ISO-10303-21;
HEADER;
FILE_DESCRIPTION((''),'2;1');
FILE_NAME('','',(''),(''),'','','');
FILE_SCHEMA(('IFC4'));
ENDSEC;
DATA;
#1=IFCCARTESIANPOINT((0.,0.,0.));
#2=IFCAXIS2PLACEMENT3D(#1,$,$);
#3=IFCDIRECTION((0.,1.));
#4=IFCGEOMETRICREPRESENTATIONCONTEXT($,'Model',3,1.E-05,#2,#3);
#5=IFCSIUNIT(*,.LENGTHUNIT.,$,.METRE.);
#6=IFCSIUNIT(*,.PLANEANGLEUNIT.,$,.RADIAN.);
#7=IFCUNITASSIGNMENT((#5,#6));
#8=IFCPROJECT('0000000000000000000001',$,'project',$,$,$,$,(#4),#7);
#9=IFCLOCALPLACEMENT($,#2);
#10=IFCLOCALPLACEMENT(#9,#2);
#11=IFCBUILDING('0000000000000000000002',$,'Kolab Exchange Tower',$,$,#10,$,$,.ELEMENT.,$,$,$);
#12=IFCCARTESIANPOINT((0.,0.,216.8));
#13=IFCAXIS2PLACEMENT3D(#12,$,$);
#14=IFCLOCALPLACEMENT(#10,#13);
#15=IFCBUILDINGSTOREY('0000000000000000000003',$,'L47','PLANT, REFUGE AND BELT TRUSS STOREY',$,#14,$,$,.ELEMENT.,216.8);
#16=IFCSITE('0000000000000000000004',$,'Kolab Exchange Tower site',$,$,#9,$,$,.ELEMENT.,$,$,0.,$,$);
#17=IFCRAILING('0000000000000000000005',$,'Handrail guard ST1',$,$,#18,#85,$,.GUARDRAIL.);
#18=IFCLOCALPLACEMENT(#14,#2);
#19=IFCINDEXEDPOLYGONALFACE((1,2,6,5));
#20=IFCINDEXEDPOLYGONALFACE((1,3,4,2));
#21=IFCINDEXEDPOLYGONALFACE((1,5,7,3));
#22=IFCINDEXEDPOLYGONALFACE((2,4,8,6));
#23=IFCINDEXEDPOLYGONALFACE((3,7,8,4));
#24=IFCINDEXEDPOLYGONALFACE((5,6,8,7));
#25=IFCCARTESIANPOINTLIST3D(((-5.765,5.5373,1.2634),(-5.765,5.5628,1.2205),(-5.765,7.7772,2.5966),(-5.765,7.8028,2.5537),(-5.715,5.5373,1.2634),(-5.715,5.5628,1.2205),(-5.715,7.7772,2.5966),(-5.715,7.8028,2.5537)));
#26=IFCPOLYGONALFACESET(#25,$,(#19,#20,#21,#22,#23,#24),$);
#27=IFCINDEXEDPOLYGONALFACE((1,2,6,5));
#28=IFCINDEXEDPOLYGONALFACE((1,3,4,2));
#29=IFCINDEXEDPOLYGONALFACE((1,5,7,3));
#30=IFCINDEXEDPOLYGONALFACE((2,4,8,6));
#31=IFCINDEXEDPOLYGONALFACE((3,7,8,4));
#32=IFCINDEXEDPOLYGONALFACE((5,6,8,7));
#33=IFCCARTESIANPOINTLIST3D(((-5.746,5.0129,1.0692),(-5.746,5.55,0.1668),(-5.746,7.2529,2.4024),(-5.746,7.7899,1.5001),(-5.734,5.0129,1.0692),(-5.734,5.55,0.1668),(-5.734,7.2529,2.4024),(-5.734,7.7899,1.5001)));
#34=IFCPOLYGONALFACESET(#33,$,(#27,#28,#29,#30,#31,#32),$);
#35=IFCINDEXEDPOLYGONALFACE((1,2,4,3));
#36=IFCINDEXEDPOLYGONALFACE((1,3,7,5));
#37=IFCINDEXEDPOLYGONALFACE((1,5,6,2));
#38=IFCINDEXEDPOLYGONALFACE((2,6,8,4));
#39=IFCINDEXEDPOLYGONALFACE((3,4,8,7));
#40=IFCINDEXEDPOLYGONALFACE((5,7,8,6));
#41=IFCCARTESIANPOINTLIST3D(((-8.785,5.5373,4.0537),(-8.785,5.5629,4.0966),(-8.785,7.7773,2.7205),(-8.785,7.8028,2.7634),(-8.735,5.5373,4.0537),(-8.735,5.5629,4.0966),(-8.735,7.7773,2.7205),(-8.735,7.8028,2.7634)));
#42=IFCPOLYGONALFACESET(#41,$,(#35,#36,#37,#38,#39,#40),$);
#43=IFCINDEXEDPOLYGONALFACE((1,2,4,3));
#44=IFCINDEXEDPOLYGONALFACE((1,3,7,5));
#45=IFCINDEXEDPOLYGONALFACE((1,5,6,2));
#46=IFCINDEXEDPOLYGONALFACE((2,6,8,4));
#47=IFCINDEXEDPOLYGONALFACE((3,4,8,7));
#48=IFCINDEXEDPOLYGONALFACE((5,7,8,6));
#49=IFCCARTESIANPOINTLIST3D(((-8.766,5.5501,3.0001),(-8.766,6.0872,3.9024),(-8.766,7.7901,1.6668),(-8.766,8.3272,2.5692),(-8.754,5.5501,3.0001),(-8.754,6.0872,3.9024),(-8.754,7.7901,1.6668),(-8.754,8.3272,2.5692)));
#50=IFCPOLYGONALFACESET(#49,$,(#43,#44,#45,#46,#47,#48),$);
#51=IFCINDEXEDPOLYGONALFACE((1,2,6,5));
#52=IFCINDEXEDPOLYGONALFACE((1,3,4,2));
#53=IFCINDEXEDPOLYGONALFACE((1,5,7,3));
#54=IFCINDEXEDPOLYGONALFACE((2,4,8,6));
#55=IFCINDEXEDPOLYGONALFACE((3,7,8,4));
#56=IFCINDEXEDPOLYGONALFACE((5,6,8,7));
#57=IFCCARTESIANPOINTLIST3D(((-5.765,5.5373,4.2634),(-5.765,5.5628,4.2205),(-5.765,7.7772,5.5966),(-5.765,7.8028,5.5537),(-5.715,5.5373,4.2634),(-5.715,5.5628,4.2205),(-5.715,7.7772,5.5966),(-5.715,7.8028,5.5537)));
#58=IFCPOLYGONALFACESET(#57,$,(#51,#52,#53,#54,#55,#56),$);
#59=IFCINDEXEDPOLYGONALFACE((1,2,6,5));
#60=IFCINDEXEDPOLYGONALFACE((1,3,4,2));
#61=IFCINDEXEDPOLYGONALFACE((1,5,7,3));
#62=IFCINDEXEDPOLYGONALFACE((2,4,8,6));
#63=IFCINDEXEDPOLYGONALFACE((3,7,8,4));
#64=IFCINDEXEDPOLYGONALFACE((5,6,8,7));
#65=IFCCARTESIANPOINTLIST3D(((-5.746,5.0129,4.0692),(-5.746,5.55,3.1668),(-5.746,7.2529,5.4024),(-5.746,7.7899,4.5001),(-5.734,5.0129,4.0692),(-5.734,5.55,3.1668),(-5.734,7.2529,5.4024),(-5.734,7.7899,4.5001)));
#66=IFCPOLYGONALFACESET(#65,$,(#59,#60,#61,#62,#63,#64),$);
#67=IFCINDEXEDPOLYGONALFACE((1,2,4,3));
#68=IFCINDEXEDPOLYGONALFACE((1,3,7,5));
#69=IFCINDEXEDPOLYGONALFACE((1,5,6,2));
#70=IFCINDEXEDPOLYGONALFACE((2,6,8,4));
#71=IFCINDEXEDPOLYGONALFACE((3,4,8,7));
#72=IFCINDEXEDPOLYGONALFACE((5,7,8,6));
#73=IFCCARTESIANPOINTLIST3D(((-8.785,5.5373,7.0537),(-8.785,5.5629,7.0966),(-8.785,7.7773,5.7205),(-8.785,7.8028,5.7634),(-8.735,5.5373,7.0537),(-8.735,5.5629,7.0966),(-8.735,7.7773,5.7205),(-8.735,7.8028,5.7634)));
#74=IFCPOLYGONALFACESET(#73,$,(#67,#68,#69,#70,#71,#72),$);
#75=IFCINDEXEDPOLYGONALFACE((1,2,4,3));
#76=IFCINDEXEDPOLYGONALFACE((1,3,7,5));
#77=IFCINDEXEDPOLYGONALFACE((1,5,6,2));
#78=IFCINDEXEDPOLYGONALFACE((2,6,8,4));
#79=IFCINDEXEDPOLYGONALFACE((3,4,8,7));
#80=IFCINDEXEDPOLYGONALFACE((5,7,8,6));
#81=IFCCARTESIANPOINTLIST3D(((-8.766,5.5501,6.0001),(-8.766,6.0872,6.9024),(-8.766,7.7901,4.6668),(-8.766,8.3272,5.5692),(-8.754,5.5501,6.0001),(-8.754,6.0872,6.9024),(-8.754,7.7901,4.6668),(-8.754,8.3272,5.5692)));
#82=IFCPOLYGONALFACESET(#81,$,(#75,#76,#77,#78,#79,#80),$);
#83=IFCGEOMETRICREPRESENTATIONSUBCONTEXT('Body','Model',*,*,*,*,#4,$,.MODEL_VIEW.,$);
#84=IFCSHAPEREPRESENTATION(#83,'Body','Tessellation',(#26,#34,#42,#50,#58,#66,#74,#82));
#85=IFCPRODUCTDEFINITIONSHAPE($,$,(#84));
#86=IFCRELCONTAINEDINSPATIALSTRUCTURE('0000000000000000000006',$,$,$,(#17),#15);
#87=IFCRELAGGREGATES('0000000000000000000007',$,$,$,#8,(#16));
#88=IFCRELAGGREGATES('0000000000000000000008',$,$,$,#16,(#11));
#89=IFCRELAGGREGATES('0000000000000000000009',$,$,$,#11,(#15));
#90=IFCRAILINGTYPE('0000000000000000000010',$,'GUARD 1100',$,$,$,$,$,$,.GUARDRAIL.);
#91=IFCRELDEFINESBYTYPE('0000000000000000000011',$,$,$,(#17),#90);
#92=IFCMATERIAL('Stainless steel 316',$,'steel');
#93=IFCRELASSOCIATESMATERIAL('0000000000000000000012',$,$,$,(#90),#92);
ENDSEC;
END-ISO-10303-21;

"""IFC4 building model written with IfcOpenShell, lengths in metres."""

from ifc_helpers import new_model, si_unit, direction, frame, frame_2d, origin, origin_2d, place, context, subcontext, project, spatial, rectangle, extrude, material, type_object, element, save


model = new_model("IFC4")

# Units and contexts
model_context = context("Model", 3, precision=1e-05, world=origin(), true_north=direction((0.0, 1.0)))
body_context = subcontext(model_context, "Body", "Model", "MODEL_VIEW")
ifc_project = project(units=[si_unit("LENGTHUNIT", "METRE"), si_unit("PLANEANGLEUNIT", "RADIAN")], contexts=[model_context])

# Site, building, storey
site_placement = place(None, origin())
site = spatial("IfcSite", under=ifc_project, at=site_placement, Name="Kolab Exchange Tower site", CompositionType="ELEMENT", RefElevation=0.0)
building_placement = place(site_placement, origin())
building = spatial("IfcBuilding", under=site, at=building_placement, Name="Kolab Exchange Tower", CompositionType="ELEMENT")
storey_placement = place(building_placement, frame((0.0, 0.0, 216.8)))
storey = spatial("IfcBuildingStorey", under=building, at=storey_placement, Name="L47", Description="PLANT, REFUGE AND BELT TRUSS STOREY", CompositionType="ELEMENT", Elevation=216.8)

# Railing
ifc_material_1 = material(Name="Stainless steel 316", Category="steel")
railing_type = type_object("IfcRailingType", Name="GUARD 1100", PredefinedType="GUARDRAIL", material=ifc_material_1)
railing_1_placement = place(storey_placement, frame((-5.74, 5.55, 0.1667)))
element("IfcRailing", 1, at=railing_1_placement, inside=storey, type_object=railing_type, Name="Handrail guard ST1", PredefinedType="GUARDRAIL", context=body_context, shape_type="SweptSolid", body=[
    extrude(rectangle(XDim=0.05, YDim=0.05, at=origin_2d()), frame((0.0, 0.0, 1.0752), z_axis=(0.0, 0.859306, 0.511462), x_axis=(-1.0, 0.0, 0.0)), (0.0, 0.0, 1.0), 2.6067),
    extrude(rectangle(XDim=0.012, YDim=1.0501, at=frame_2d((0.0, 0.5251))), frame((0.0, 0.0, 0.0), z_axis=(0.0, 0.859306, 0.511462), x_axis=(-1.0, 0.0, 0.0)), (0.0, 0.0, 1.0), 2.6067),
    extrude(rectangle(XDim=0.05, YDim=0.05, at=origin_2d()), frame((-3.02, 2.24, 2.5752), z_axis=(0.0, -0.859306, 0.511462), x_axis=(1.0, 0.0, 0.0)), (0.0, 0.0, 1.0), 2.6067),
    extrude(rectangle(XDim=0.012, YDim=1.0501, at=frame_2d((0.0, 0.5251))), frame((-3.02, 2.24, 1.5), z_axis=(0.0, -0.859306, 0.511462), x_axis=(1.0, 0.0, 0.0)), (0.0, 0.0, 1.0), 2.6067),
    extrude(rectangle(XDim=0.05, YDim=0.05, at=origin_2d()), frame((0.0, 0.0, 4.0752), z_axis=(0.0, 0.859306, 0.511462), x_axis=(-1.0, 0.0, 0.0)), (0.0, 0.0, 1.0), 2.6067),
    extrude(rectangle(XDim=0.012, YDim=1.0501, at=frame_2d((0.0, 0.5251))), frame((0.0, 0.0, 3.0), z_axis=(0.0, 0.859306, 0.511462), x_axis=(-1.0, 0.0, 0.0)), (0.0, 0.0, 1.0), 2.6067),
    extrude(rectangle(XDim=0.05, YDim=0.05, at=origin_2d()), frame((-3.02, 2.24, 5.5752), z_axis=(0.0, -0.859306, 0.511462), x_axis=(1.0, 0.0, 0.0)), (0.0, 0.0, 1.0), 2.6067),
    extrude(rectangle(XDim=0.012, YDim=1.0501, at=frame_2d((0.0, 0.5251))), frame((-3.02, 2.24, 4.5), z_axis=(0.0, -0.859306, 0.511462), x_axis=(1.0, 0.0, 0.0)), (0.0, 0.0, 1.0), 2.6067),
])

save(model, "model.ifc")
